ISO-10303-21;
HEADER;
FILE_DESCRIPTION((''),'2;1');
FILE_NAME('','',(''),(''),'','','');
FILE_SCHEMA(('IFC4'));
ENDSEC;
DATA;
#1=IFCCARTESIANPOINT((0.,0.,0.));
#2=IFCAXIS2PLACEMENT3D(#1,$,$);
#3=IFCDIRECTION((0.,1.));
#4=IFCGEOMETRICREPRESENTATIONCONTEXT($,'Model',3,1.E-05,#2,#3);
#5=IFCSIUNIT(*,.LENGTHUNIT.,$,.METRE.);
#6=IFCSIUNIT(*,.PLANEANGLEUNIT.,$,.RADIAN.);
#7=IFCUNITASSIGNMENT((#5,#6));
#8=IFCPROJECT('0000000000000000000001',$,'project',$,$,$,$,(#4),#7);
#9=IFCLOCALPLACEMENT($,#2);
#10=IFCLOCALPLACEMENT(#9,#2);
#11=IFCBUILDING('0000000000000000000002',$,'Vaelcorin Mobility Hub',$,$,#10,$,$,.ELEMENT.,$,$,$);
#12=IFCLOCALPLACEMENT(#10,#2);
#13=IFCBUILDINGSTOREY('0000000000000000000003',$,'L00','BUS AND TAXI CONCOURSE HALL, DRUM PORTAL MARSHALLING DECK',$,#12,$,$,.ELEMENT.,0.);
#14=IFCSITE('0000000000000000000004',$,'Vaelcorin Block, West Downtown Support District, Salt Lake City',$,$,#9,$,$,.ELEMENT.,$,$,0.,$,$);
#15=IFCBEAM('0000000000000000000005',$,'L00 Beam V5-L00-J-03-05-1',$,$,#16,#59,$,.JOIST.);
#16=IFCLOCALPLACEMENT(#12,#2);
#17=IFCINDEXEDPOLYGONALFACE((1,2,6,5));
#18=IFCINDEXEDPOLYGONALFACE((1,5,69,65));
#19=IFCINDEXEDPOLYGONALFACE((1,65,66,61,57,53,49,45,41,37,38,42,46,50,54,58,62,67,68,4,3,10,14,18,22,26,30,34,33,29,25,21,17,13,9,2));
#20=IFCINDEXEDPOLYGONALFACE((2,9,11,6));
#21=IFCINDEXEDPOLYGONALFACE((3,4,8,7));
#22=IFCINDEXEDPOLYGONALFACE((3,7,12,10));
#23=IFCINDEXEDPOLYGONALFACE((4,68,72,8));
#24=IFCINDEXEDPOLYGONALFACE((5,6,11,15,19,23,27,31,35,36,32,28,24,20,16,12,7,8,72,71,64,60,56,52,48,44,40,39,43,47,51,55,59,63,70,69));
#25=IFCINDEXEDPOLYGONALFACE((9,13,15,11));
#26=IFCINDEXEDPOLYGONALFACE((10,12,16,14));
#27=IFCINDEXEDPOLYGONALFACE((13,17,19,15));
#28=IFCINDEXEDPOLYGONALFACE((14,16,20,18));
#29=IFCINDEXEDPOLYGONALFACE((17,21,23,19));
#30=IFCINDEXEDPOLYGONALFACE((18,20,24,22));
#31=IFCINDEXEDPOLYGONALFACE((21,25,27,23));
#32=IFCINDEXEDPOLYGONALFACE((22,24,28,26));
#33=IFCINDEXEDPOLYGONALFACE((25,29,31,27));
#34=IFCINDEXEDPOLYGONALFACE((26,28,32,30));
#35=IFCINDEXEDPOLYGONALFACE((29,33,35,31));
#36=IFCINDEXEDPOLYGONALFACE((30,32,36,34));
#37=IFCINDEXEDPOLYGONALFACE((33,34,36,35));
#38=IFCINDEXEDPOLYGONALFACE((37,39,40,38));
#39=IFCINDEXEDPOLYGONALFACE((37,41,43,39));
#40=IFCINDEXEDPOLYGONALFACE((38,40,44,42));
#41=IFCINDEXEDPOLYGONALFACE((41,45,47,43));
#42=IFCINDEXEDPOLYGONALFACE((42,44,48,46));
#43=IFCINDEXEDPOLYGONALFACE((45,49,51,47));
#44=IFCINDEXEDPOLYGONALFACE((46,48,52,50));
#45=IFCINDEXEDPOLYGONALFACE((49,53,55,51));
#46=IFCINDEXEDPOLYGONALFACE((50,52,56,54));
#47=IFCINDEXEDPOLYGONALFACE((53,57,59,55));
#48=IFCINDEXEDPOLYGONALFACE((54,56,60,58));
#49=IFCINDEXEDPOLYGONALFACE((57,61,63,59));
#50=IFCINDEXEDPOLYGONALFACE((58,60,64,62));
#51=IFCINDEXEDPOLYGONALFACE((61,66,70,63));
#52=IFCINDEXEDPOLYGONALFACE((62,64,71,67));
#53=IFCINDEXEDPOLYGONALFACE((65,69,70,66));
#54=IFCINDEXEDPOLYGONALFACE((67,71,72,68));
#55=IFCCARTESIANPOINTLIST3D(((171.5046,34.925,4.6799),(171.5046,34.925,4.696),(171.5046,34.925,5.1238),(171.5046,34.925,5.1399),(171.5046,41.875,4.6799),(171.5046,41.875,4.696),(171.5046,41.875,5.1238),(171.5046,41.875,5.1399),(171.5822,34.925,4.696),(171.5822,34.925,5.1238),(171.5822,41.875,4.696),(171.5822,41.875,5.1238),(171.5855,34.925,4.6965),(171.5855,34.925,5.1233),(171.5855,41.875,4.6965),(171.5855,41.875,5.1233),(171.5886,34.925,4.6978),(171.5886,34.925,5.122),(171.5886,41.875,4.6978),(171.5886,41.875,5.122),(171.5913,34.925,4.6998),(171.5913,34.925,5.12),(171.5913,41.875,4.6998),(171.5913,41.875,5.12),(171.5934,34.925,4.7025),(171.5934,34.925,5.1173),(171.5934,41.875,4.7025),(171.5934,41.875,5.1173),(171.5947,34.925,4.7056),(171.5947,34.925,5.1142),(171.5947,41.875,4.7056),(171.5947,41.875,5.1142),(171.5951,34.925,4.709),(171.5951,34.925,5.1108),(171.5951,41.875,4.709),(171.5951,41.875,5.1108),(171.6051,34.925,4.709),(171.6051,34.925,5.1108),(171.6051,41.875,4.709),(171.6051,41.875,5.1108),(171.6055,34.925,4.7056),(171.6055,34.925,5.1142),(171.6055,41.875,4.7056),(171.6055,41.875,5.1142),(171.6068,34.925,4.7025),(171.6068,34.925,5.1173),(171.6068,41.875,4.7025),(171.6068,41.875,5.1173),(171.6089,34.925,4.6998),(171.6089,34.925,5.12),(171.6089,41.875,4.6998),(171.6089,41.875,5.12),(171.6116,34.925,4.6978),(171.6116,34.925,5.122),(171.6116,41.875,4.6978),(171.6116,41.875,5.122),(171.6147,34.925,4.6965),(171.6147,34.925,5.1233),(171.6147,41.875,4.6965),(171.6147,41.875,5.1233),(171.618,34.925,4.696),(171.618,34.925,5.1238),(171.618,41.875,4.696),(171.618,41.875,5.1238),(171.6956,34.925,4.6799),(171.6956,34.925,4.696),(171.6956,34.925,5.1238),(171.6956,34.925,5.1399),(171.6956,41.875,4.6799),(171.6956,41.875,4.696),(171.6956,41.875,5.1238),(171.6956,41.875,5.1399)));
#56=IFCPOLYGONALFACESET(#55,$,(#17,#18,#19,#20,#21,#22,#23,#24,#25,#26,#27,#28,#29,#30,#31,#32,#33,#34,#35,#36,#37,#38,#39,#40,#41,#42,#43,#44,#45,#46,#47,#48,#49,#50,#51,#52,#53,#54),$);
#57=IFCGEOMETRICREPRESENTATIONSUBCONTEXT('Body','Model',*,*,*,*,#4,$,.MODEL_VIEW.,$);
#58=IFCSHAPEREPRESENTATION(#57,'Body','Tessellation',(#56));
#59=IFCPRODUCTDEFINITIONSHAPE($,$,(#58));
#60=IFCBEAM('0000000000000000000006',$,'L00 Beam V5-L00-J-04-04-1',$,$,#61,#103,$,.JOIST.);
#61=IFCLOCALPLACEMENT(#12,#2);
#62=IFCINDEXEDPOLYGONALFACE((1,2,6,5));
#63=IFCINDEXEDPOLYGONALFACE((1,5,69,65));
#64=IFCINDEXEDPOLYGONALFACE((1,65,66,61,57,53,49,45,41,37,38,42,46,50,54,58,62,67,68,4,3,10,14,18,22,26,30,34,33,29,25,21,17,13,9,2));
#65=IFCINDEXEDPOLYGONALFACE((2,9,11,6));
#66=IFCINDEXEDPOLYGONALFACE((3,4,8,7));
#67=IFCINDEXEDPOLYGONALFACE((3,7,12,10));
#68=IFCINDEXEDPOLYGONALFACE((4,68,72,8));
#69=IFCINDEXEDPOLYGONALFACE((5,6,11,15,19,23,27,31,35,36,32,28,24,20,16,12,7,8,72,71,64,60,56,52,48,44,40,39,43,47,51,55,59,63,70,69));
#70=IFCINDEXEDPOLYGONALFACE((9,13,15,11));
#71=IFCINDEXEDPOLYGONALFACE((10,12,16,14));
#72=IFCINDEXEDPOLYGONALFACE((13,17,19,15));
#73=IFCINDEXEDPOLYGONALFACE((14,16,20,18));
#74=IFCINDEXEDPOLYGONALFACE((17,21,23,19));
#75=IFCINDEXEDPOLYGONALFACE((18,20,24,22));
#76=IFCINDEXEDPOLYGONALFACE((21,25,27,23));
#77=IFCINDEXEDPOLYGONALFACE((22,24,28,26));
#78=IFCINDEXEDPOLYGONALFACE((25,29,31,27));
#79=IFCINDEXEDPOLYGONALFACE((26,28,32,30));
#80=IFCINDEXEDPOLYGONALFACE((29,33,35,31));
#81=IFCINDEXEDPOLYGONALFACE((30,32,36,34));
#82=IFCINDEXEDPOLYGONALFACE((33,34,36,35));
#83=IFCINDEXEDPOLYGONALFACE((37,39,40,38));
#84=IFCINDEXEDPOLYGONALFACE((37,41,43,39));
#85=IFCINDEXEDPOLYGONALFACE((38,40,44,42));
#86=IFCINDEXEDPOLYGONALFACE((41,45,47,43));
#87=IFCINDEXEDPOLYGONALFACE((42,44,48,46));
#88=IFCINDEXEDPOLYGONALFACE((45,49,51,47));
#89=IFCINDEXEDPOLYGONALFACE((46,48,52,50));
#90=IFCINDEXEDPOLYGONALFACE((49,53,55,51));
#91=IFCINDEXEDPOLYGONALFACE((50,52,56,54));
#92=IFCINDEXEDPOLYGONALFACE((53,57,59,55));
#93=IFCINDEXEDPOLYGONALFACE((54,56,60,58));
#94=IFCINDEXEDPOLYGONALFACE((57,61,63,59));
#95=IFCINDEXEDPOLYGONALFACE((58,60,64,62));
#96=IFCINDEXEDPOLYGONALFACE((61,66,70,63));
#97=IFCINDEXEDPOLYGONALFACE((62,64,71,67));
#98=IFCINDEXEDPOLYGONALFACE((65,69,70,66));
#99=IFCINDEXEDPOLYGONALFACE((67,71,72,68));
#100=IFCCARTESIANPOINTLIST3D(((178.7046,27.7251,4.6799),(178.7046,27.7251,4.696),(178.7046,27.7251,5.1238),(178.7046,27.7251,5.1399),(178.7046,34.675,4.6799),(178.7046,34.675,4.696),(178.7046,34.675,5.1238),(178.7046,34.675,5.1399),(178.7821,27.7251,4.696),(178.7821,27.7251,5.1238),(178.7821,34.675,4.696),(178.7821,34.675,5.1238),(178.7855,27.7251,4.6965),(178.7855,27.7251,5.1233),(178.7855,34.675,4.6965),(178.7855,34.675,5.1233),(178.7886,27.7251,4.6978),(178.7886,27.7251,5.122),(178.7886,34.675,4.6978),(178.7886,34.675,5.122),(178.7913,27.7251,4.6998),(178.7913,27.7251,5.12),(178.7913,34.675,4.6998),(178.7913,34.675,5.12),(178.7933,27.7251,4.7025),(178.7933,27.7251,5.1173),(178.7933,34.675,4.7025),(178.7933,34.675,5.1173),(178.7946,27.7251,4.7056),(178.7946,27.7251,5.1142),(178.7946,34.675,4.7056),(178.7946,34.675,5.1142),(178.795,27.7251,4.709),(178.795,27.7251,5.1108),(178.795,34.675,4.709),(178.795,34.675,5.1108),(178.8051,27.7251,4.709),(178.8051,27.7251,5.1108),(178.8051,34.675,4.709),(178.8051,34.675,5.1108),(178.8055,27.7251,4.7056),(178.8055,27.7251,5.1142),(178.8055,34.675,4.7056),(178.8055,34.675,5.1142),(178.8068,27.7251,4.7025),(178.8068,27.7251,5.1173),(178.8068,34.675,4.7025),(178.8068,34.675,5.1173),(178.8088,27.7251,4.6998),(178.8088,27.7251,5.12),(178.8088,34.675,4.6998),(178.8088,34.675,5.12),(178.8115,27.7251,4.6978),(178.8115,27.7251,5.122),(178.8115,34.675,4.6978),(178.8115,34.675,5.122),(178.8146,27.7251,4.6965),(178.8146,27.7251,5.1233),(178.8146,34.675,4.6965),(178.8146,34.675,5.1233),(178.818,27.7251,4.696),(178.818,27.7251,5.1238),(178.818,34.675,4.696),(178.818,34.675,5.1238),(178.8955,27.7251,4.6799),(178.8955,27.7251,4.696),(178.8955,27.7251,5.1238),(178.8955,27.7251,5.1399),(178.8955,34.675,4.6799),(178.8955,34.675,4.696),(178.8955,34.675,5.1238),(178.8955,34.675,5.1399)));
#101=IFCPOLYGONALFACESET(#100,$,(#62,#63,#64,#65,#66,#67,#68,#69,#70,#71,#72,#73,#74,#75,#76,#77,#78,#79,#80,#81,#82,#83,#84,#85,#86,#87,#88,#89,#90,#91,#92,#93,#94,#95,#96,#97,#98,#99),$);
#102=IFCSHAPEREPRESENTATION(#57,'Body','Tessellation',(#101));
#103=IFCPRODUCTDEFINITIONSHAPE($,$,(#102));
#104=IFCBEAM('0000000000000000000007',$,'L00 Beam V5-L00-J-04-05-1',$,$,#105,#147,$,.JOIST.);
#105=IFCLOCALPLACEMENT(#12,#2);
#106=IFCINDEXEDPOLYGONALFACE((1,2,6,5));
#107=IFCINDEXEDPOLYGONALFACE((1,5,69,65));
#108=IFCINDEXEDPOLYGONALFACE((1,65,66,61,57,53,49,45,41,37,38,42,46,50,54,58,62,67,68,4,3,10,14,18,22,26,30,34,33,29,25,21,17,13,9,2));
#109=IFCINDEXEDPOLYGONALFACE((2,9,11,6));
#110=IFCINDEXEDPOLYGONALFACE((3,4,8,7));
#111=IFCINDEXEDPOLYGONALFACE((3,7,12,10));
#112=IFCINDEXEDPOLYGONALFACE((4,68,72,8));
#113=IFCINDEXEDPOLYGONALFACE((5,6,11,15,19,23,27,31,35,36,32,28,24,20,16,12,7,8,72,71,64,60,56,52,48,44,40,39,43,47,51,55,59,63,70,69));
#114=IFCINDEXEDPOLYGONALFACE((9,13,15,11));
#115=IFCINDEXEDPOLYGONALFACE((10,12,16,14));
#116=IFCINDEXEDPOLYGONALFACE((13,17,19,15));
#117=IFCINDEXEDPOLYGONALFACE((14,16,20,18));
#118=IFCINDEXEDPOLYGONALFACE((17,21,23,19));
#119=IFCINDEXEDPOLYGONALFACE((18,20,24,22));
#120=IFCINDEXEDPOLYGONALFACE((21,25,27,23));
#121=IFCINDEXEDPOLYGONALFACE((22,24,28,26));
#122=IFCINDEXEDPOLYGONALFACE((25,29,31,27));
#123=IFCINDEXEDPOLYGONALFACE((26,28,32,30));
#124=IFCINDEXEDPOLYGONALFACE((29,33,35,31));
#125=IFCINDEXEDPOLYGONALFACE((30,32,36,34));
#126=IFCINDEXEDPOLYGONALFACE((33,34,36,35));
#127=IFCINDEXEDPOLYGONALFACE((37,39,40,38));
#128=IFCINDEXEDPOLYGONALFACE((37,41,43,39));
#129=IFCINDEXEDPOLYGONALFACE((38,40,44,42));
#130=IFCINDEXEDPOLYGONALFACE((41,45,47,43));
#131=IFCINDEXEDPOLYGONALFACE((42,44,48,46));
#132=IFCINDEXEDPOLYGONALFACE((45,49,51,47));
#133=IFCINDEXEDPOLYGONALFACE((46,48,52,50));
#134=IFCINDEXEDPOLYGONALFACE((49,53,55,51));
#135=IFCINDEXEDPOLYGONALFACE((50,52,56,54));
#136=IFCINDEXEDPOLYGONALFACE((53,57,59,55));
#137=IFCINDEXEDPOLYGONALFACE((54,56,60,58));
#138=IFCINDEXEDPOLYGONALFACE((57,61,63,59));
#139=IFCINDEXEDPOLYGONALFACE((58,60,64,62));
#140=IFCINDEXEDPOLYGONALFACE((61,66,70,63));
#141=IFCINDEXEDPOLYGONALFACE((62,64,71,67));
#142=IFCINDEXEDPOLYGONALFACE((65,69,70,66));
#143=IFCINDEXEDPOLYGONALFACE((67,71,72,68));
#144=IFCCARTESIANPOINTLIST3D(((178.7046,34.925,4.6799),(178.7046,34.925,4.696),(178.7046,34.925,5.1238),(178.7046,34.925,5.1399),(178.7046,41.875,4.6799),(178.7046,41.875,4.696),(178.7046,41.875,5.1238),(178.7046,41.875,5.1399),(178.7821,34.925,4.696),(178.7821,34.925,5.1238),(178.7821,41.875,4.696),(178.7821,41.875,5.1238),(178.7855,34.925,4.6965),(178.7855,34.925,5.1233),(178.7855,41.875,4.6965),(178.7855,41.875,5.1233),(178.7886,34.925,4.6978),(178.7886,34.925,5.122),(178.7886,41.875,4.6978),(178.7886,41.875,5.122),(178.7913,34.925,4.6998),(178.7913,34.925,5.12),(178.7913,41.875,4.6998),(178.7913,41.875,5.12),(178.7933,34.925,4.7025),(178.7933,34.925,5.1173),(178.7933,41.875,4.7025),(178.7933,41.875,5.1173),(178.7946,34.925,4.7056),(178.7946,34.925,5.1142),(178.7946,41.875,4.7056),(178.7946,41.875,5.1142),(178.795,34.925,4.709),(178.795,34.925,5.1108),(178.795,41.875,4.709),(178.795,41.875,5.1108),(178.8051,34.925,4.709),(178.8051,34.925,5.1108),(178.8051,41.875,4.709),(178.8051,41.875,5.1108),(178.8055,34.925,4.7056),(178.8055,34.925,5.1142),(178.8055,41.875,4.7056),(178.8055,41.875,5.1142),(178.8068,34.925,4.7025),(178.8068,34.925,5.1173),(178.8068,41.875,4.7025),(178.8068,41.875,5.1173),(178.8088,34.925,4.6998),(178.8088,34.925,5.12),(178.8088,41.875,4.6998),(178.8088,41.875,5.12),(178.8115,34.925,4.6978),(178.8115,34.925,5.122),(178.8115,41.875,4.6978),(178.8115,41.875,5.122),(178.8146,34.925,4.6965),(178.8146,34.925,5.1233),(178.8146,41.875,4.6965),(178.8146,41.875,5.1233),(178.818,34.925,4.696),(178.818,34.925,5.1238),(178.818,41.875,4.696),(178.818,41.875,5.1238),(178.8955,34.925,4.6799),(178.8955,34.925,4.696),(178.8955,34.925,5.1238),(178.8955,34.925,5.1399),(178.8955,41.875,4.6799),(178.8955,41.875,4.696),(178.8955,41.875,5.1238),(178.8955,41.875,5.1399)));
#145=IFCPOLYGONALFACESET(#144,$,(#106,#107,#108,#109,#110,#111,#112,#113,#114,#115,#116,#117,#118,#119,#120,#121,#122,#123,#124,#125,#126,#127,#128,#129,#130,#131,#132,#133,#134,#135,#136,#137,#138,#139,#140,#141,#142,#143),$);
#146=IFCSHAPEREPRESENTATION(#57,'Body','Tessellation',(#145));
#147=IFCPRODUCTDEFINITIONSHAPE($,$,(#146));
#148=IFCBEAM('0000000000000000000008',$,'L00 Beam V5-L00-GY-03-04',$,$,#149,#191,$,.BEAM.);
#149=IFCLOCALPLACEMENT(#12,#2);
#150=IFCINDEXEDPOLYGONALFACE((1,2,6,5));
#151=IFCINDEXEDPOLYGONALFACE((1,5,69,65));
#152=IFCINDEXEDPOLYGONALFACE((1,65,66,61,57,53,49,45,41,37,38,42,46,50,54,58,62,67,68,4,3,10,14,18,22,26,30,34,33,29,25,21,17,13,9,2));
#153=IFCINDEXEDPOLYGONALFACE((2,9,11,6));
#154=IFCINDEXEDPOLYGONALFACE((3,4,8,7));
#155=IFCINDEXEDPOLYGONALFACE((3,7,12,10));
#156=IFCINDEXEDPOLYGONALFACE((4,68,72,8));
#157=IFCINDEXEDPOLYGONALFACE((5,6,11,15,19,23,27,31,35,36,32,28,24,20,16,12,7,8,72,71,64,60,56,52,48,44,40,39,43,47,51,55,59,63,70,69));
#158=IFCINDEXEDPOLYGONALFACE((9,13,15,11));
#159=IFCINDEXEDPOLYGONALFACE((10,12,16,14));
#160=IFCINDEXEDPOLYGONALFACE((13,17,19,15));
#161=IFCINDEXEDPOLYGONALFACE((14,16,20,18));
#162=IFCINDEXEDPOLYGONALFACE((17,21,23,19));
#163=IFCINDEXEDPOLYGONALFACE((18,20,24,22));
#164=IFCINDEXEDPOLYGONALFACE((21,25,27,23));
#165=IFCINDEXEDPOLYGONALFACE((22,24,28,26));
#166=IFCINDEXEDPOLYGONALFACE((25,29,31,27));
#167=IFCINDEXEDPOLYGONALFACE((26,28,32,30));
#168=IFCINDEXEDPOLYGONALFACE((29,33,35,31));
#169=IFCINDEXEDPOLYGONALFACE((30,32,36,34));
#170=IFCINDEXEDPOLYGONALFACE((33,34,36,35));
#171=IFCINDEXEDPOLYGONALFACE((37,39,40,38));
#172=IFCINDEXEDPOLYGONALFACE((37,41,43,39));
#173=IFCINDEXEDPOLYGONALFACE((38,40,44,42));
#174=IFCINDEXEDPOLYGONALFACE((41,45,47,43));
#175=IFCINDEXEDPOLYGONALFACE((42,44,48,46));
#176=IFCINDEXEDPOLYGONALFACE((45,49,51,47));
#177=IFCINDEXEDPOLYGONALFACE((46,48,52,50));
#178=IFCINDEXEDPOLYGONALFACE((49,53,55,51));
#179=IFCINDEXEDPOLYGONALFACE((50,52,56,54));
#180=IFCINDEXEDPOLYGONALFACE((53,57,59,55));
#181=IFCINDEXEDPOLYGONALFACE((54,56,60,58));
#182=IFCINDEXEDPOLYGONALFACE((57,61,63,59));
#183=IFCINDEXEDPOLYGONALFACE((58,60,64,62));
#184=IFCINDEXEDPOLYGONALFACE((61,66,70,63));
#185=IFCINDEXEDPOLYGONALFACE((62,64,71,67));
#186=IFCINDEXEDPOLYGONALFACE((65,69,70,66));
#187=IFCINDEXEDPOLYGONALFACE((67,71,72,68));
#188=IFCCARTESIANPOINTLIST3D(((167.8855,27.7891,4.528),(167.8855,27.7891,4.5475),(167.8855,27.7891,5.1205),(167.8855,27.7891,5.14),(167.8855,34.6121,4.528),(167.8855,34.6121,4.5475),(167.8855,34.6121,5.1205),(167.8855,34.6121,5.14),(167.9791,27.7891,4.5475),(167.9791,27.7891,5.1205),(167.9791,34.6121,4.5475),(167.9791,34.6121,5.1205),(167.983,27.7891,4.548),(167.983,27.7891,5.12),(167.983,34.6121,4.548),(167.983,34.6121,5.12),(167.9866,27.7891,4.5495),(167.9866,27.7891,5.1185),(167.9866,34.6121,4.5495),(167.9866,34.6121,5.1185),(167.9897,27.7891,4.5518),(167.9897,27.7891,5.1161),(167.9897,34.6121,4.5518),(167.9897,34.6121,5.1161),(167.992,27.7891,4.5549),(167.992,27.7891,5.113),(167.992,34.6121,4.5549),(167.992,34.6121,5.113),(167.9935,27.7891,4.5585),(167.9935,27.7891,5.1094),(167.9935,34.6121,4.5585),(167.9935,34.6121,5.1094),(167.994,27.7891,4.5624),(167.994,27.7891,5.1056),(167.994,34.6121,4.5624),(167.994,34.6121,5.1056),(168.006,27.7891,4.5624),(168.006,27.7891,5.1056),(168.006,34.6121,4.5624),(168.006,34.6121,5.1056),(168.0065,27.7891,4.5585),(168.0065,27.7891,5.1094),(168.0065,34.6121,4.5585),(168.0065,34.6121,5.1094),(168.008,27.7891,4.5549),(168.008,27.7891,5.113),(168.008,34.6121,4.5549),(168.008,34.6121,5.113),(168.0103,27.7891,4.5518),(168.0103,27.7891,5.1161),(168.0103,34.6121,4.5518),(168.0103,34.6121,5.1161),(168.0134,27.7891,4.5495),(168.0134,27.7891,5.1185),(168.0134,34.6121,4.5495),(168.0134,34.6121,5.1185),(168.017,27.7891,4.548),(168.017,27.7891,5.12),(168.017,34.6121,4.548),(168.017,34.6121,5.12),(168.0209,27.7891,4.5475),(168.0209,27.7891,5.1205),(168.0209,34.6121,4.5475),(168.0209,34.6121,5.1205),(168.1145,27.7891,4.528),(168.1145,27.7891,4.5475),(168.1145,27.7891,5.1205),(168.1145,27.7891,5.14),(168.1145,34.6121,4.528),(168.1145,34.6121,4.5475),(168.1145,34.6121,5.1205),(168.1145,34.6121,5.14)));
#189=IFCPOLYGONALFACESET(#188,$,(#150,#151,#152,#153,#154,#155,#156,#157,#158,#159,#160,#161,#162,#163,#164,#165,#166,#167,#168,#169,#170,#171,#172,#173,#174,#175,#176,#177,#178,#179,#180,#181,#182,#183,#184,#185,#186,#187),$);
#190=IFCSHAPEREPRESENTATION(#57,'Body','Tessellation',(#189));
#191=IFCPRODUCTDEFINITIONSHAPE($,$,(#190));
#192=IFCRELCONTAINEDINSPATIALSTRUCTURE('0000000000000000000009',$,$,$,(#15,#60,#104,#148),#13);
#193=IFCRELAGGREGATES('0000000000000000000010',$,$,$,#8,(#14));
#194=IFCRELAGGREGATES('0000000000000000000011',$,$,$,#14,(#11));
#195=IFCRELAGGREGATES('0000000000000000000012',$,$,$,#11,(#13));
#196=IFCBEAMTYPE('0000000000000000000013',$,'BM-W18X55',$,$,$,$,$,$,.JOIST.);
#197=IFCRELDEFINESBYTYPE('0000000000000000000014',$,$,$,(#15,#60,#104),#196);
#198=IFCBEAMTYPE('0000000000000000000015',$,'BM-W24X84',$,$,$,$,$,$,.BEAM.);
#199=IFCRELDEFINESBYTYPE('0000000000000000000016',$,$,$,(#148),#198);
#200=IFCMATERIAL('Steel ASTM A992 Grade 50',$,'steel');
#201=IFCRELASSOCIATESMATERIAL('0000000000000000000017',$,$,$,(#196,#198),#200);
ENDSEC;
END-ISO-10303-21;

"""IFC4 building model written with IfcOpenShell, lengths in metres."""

from ifc_helpers import new_model, si_unit, direction, frame, origin, origin_2d, place, context, subcontext, project, spatial, i_section, extrude, material, material_profile, profile_set, type_object, element, save


model = new_model("IFC4")

# Units and contexts
model_context = context("Model", 3, precision=1e-05, world=origin(), true_north=direction((0.0, 1.0)))
body_context = subcontext(model_context, "Body", "Model", "MODEL_VIEW")
ifc_project = project(units=[si_unit("LENGTHUNIT", "METRE"), si_unit("PLANEANGLEUNIT", "RADIAN")], contexts=[model_context])

# Site, building, storey
site_placement = place(None, origin())
site = spatial("IfcSite", under=ifc_project, at=site_placement, Name="Vaelcorin Block, West Downtown Support District, Salt Lake City", CompositionType="ELEMENT", RefElevation=0.0)
building_placement = place(site_placement, origin())
building = spatial("IfcBuilding", under=site, at=building_placement, Name="Vaelcorin Mobility Hub", CompositionType="ELEMENT")
storey_placement = place(building_placement, origin())
storey = spatial("IfcBuildingStorey", under=building, at=storey_placement, Name="L00", Description="BUS AND TAXI CONCOURSE HALL, DRUM PORTAL MARSHALLING DECK", CompositionType="ELEMENT", Elevation=0.0)

# Shared definitions
ifc_material = material(Name="Steel ASTM A992 Grade 50", Category="steel")

# Beams
ifc_material_profile_1 = material_profile(ifc_material, i_section(OverallWidth=0.1909, OverallDepth=0.46, WebThickness=0.01, FlangeThickness=0.0161, FilletRadius=0.0129, at=origin_2d()), Name="W18X55")
ifc_profile_set_1 = profile_set([ifc_material_profile_1], Name="Steel ASTM A992 Grade 50")
beam_type_1 = type_object("IfcBeamType", Name="BM-W18X55", PredefinedType="JOIST", material=ifc_profile_set_1)
for number, where, z_axis, x_axis, name in (
    (1, (171.6001, 34.925, 4.9099), (0.0, 1.0, 0.0), (-1.0, 0.0, 0.0), "L00 Beam V5-L00-J-03-05-1"),
    (2, (178.8, 27.7251, 4.9099), (0.0, 1.0, 0.0), (-1.0, 0.0, 0.0), "L00 Beam V5-L00-J-04-04-1"),
    (3, (178.8, 34.925, 4.9099), (0.0, 1.0, 0.0), (-1.0, 0.0, 0.0), "L00 Beam V5-L00-J-04-05-1"),
):
    element("IfcBeam", number, at=place(storey_placement, frame(where, z_axis=z_axis, x_axis=x_axis)), inside=storey, type_object=beam_type_1, Name=name, PredefinedType="JOIST", context=body_context, shape_type="SweptSolid", body=[
        extrude(i_section(OverallWidth=0.1909, OverallDepth=0.46, WebThickness=0.01, FlangeThickness=0.0161, FilletRadius=0.0129, at=origin_2d()), origin(), (0.0, 0.0, 1.0), 6.95),
    ])
ifc_material_profile_2 = material_profile(ifc_material, i_section(OverallWidth=0.229, OverallDepth=0.6121, WebThickness=0.012, FlangeThickness=0.0195, FilletRadius=0.0149, at=origin_2d()), Name="W24X84")
ifc_profile_set_2 = profile_set([ifc_material_profile_2], Name="Steel ASTM A992 Grade 50")
beam_type_2 = type_object("IfcBeamType", Name="BM-W24X84", PredefinedType="BEAM", material=ifc_profile_set_2)
beam_1_placement = place(storey_placement, frame((168.0, 27.7891, 4.834), z_axis=(0.0, 1.0, 0.0), x_axis=(-1.0, 0.0, 0.0)))
element("IfcBeam", 4, at=beam_1_placement, inside=storey, type_object=beam_type_2, Name="L00 Beam V5-L00-GY-03-04", PredefinedType="BEAM", context=body_context, shape_type="SweptSolid", body=[
    extrude(i_section(OverallWidth=0.229, OverallDepth=0.6121, WebThickness=0.012, FlangeThickness=0.0195, FilletRadius=0.0149, at=origin_2d()), origin(), (0.0, 0.0, 1.0), 6.823),
])

save(model, "model.ifc")
